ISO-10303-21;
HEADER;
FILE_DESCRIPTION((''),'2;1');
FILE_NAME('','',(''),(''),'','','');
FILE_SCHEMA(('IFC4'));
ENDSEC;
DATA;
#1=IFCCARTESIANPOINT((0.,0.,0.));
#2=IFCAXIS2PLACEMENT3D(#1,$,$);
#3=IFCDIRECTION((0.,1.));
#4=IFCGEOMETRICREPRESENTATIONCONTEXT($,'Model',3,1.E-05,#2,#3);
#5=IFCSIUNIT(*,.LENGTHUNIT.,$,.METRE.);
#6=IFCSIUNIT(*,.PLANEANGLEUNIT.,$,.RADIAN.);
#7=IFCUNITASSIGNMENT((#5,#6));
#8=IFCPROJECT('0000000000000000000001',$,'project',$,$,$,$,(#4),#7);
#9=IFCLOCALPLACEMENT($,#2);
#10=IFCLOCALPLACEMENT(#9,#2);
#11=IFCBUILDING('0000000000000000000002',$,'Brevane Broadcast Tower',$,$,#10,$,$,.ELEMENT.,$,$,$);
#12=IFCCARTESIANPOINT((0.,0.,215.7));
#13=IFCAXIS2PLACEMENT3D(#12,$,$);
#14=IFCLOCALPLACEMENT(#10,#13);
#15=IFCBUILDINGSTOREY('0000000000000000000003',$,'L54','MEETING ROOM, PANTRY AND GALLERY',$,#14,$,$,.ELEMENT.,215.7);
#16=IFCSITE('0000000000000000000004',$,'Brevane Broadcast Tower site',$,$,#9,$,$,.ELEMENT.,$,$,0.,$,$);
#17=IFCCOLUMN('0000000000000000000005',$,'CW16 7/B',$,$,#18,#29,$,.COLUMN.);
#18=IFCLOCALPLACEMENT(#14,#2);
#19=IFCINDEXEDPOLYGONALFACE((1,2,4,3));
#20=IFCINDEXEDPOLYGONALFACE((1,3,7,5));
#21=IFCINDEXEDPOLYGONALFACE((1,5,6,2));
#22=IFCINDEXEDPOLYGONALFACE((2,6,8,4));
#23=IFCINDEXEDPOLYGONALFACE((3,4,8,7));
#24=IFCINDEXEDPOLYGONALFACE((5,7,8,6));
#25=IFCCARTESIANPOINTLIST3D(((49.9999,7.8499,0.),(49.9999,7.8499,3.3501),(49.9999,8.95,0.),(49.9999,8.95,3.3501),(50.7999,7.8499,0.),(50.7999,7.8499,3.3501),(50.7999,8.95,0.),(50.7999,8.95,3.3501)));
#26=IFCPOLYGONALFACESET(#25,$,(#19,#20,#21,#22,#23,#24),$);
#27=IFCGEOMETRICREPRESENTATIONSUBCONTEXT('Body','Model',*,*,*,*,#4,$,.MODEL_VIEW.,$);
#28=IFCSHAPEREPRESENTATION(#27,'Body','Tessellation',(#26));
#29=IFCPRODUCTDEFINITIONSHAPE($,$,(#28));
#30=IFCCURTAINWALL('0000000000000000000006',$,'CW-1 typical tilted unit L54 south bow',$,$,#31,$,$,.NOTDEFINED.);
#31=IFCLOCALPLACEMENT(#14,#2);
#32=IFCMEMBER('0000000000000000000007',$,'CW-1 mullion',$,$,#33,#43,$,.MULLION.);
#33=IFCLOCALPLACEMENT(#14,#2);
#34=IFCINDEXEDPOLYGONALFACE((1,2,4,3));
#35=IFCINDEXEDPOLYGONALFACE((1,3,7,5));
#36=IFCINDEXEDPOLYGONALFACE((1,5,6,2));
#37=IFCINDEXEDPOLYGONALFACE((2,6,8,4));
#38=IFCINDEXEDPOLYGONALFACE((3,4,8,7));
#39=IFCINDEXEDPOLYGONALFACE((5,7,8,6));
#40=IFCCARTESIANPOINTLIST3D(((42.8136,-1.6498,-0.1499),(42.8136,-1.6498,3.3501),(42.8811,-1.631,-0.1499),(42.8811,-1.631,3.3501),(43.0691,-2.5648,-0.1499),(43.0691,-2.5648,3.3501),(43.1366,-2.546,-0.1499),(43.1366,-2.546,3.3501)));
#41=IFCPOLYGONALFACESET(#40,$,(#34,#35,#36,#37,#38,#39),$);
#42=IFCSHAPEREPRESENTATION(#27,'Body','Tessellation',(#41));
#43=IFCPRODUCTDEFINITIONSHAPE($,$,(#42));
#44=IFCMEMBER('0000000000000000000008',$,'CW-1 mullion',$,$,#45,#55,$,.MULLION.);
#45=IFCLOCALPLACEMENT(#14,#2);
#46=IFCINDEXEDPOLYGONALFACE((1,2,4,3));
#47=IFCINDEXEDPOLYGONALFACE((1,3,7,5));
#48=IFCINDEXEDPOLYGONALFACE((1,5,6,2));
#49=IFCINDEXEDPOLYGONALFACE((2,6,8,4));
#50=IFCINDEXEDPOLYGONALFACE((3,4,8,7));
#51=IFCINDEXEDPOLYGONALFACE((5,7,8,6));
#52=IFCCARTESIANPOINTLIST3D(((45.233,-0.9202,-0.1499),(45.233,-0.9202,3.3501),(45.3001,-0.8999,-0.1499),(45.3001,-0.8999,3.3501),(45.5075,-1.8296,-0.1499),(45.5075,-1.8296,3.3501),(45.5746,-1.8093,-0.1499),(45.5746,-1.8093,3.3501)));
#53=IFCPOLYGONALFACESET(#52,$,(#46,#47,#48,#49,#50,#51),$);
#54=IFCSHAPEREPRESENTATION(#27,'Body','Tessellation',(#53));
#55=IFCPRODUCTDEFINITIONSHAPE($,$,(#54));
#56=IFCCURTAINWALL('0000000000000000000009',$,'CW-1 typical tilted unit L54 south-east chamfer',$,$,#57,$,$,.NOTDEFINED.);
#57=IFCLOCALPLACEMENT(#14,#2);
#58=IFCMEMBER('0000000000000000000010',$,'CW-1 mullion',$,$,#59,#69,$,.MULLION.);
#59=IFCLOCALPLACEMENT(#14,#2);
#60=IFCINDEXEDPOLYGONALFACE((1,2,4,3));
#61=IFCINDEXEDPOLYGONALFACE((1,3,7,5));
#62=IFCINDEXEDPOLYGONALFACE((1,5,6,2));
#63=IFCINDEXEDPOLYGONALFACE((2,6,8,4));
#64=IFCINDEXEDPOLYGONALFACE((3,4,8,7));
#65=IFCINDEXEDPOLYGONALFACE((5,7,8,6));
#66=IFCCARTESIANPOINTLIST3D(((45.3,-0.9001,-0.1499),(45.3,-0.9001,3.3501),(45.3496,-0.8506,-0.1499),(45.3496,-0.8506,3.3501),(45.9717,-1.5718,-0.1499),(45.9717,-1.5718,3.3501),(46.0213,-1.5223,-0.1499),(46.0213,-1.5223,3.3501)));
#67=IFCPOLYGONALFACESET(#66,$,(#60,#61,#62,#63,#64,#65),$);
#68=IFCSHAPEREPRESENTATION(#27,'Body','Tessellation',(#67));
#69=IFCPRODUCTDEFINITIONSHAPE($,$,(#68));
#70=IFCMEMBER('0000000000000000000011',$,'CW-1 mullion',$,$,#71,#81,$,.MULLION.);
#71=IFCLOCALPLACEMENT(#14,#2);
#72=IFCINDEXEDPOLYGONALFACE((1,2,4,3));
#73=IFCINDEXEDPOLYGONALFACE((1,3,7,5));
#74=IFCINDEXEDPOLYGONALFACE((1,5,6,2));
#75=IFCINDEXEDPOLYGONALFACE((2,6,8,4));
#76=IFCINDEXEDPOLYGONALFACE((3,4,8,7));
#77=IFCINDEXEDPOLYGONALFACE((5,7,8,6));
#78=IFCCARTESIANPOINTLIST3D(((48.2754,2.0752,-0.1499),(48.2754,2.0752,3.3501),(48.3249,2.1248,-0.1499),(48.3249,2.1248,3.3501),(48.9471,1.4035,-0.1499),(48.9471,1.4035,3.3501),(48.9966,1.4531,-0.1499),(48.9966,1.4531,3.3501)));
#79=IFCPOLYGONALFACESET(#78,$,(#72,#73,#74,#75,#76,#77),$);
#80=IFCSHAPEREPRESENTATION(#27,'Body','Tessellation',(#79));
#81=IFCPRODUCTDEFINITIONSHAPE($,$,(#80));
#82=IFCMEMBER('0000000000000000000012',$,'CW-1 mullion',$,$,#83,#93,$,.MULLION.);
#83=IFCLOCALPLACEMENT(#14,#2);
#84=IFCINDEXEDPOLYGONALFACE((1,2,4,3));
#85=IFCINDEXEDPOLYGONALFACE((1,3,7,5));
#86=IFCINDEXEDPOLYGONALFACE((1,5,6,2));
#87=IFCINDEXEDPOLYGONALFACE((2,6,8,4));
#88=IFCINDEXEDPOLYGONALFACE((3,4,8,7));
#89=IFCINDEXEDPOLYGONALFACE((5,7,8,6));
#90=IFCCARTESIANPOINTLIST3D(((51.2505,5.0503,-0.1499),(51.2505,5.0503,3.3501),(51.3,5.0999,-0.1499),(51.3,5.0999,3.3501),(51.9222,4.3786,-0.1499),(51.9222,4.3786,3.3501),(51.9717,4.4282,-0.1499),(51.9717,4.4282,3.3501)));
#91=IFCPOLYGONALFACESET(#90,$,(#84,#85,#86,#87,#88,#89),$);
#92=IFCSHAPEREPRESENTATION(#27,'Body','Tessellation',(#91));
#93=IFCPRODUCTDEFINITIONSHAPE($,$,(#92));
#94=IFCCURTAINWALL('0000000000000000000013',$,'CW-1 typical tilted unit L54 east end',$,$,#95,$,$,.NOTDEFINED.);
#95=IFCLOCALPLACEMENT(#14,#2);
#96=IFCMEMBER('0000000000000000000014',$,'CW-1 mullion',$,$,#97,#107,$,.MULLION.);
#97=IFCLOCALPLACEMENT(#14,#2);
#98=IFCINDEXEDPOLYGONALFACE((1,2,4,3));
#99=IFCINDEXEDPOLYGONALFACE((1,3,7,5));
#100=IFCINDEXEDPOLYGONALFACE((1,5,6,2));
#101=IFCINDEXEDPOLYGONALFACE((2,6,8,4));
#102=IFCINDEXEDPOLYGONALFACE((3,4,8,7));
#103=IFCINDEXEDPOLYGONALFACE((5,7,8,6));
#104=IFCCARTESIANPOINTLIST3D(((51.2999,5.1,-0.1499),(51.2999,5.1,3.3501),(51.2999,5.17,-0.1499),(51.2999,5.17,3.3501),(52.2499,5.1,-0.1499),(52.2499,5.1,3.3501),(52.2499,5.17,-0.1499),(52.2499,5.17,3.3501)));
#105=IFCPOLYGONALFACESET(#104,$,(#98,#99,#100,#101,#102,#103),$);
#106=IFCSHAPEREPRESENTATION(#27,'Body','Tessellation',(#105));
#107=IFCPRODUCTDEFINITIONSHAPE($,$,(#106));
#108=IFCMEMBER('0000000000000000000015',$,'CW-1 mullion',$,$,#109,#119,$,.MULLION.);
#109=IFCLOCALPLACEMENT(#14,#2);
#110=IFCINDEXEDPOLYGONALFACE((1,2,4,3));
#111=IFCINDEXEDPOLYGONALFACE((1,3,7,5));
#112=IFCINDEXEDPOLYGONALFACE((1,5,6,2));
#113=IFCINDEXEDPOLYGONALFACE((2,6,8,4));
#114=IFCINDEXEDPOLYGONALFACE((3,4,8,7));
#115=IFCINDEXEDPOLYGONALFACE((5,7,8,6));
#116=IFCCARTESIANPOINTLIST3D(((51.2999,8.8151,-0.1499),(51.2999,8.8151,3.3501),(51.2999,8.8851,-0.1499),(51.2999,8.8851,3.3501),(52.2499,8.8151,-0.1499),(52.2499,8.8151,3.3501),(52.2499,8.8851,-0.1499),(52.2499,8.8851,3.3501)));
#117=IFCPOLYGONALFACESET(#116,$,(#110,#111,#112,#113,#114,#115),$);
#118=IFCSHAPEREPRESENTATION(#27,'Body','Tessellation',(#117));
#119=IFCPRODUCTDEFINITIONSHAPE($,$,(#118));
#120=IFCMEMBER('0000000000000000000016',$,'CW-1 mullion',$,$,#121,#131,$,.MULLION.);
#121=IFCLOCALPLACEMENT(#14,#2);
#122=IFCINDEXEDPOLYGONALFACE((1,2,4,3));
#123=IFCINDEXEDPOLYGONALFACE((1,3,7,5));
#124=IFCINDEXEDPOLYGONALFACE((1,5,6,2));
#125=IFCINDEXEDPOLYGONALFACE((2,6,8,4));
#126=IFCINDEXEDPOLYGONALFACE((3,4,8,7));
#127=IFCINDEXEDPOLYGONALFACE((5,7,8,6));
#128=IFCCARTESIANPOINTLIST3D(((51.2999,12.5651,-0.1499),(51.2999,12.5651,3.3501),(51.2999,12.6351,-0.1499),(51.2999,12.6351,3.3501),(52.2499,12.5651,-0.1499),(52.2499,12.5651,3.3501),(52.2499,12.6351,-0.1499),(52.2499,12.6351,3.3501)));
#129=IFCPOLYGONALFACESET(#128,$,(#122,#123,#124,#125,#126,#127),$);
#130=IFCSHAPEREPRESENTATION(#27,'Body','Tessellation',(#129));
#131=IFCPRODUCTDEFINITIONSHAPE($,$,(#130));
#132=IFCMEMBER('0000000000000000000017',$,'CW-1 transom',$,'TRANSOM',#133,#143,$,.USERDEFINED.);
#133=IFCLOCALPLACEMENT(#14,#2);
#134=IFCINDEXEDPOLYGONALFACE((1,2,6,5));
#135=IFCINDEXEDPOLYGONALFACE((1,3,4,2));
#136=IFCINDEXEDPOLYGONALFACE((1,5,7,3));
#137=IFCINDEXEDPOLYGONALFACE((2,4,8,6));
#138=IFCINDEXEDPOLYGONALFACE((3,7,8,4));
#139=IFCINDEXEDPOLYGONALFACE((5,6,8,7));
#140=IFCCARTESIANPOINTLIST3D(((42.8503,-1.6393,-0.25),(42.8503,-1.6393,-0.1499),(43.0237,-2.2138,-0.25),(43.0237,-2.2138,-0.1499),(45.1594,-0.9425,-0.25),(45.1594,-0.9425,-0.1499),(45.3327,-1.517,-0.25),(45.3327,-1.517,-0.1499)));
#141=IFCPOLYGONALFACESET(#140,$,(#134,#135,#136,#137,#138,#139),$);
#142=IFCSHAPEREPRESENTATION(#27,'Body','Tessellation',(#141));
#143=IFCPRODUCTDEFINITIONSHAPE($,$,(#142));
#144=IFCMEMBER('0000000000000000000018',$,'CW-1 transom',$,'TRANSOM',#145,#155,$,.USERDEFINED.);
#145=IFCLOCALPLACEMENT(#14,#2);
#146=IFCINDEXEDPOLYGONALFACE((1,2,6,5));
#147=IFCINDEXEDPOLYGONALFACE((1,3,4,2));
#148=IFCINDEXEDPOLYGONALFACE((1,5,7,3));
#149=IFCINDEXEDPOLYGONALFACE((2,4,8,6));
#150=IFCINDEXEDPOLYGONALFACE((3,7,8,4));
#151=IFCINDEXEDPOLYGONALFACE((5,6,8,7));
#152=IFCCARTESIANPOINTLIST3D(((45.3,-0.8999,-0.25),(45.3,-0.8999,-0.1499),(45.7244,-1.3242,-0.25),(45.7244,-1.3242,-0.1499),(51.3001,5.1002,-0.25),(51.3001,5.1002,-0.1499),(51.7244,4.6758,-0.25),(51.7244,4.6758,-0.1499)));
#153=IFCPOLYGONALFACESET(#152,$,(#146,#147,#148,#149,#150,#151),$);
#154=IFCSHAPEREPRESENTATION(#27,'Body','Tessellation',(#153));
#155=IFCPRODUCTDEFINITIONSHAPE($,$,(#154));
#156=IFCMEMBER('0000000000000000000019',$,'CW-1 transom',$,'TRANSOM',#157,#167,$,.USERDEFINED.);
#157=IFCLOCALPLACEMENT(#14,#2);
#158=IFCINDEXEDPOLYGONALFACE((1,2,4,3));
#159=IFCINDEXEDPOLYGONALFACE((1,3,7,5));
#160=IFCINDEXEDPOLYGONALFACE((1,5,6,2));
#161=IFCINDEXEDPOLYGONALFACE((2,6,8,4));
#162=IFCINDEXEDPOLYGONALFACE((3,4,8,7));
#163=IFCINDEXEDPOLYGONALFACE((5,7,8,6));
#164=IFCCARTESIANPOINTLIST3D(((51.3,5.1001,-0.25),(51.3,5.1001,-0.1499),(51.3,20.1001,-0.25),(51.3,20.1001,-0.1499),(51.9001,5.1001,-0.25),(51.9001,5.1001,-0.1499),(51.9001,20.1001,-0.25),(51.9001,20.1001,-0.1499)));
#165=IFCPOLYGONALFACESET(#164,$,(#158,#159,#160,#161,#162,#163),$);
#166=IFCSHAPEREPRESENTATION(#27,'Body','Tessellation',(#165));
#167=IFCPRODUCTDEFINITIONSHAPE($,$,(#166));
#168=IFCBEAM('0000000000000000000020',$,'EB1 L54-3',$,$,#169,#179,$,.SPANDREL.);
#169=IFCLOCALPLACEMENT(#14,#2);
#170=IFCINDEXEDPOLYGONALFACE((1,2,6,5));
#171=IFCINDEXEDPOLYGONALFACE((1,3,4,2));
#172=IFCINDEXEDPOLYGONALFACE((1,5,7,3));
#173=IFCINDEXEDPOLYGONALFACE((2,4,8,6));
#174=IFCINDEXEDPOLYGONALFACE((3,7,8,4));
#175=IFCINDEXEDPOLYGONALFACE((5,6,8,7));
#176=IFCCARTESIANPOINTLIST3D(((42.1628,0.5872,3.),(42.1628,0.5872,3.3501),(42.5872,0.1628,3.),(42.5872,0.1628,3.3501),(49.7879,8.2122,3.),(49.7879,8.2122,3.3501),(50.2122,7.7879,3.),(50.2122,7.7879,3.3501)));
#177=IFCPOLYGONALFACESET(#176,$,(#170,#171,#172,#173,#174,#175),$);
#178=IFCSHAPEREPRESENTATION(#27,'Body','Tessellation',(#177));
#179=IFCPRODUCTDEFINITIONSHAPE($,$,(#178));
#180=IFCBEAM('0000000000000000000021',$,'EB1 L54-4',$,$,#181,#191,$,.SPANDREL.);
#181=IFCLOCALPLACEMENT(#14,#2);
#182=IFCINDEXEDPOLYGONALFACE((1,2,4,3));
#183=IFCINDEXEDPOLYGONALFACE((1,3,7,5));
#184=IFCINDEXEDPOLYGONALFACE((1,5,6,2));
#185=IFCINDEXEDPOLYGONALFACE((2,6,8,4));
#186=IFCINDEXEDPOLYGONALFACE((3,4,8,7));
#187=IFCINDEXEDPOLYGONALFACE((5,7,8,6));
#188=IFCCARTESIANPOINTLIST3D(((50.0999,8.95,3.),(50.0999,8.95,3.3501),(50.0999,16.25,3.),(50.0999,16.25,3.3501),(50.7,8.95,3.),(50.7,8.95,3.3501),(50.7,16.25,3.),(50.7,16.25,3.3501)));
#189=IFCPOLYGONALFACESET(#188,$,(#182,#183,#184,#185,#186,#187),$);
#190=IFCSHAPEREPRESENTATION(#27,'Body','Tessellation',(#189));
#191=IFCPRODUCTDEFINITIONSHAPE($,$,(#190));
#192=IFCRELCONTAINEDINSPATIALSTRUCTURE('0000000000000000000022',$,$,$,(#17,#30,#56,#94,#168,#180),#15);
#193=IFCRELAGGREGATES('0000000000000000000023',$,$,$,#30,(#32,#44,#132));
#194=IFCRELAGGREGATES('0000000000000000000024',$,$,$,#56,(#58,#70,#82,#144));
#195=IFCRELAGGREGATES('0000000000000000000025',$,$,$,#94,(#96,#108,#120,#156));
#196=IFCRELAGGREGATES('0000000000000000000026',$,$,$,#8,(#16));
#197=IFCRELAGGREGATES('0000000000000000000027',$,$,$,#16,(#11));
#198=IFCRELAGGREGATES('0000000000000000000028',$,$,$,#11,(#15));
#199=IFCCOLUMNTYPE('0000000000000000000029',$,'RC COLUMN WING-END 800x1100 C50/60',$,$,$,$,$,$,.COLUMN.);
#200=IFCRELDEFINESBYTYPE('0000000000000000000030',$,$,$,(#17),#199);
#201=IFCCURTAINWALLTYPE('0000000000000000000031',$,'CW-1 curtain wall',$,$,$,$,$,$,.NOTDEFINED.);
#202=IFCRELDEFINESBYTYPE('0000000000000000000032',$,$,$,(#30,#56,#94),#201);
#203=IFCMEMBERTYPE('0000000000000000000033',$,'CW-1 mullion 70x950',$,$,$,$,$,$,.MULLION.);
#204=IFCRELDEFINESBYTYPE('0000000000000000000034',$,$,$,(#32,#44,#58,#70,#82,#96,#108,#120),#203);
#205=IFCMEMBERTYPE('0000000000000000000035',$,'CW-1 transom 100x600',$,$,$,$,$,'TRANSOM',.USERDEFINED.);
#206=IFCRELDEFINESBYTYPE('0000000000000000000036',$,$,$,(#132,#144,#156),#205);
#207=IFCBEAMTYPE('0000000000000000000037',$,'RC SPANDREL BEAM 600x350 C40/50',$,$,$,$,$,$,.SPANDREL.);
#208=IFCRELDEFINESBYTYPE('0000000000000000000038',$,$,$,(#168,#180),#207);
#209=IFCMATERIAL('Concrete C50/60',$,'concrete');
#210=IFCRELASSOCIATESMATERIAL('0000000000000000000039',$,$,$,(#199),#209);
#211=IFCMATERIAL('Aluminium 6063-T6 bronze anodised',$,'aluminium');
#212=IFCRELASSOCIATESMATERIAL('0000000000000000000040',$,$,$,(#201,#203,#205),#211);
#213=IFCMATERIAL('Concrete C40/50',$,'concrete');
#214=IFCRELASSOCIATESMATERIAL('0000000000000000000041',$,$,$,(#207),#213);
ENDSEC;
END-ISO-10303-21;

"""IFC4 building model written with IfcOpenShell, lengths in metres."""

from ifc_helpers import new_model, si_unit, direction, frame, origin, origin_2d, place, context, subcontext, project, spatial, rectangle, extrude, material, material_profile, profile_set, type_object, element, aggregate, save


model = new_model("IFC4")

# Units and contexts
model_context = context("Model", 3, precision=1e-05, world=origin(), true_north=direction((0.0, 1.0)))
body_context = subcontext(model_context, "Body", "Model", "MODEL_VIEW")
ifc_project = project(units=[si_unit("LENGTHUNIT", "METRE"), si_unit("PLANEANGLEUNIT", "RADIAN")], contexts=[model_context])

# Site, building, storey
site_placement = place(None, origin())
site = spatial("IfcSite", under=ifc_project, at=site_placement, Name="Brevane Broadcast Tower site", CompositionType="ELEMENT", RefElevation=0.0)
building_placement = place(site_placement, origin())
building = spatial("IfcBuilding", under=site, at=building_placement, Name="Brevane Broadcast Tower", CompositionType="ELEMENT")
storey_placement = place(building_placement, frame((0.0, 0.0, 215.7)))
storey = spatial("IfcBuildingStorey", under=building, at=storey_placement, Name="L54", Description="MEETING ROOM, PANTRY AND GALLERY", CompositionType="ELEMENT", Elevation=215.7)

# Column
ifc_material_1 = material(Name="Concrete C50/60", Category="concrete")
ifc_material_profile_1 = material_profile(ifc_material_1, rectangle(XDim=0.8, YDim=1.1001, at=origin_2d()), Name="RC 800x1100")
ifc_profile_set_1 = profile_set([ifc_material_profile_1], Name="Concrete C50/60")
column_type = type_object("IfcColumnType", Name="RC COLUMN WING-END 800x1100 C50/60", PredefinedType="COLUMN", material=ifc_profile_set_1)
column_placement = place(storey_placement, frame((50.3999, 8.3999, 0.0), z_axis=(0.0, 0.0, 1.0), x_axis=(1.0, 0.0, 0.0)))
element("IfcColumn", 1, at=column_placement, inside=storey, type_object=column_type, Name="CW16 7/B", PredefinedType="COLUMN", context=body_context, shape_type="SweptSolid", body=[
    extrude(rectangle(XDim=0.8, YDim=1.1001, at=origin_2d()), origin(), (0.0, 0.0, 1.0), 3.3501),
])

# Curtain walls, members
ifc_material_2 = material(Name="Aluminium 6063-T6 bronze anodised", Category="aluminium")
curtain_wall_type = type_object("IfcCurtainWallType", Name="CW-1 curtain wall", PredefinedType="NOTDEFINED", material=ifc_material_2)
curtain_wall_1_placement = place(storey_placement, origin())
curtain_wall_1 = element("IfcCurtainWall", 2, at=curtain_wall_1_placement, inside=storey, type_object=curtain_wall_type, Name="CW-1 typical tilted unit L54 south bow", PredefinedType="NOTDEFINED")
ifc_material_profile_2 = material_profile(ifc_material_2, rectangle(XDim=0.95, YDim=0.0701, at=origin_2d()), Name="RECT 70x950")
ifc_profile_set_2 = profile_set([ifc_material_profile_2], Name="Aluminium 6063-T6 bronze anodised")
member_type_1 = type_object("IfcMemberType", Name="CW-1 mullion 70x950", PredefinedType="MULLION", material=ifc_profile_set_2)
member_1_placement = place(storey_placement, frame((42.9751, -2.0979, -0.1499), z_axis=(0.0, 0.0, 1.0), x_axis=(-0.268916, 0.963164, 0.0)))
member_1 = element("IfcMember", 3, at=member_1_placement, type_object=member_type_1, Name="CW-1 mullion", PredefinedType="MULLION", context=body_context, shape_type="SweptSolid", body=[
    extrude(rectangle(XDim=0.95, YDim=0.0701, at=origin_2d()), origin(), (0.0, 0.0, 1.0), 3.5),
])
member_2_placement = place(storey_placement, frame((45.4038, -1.3647, -0.1499), z_axis=(0.0, 0.0, 1.0), x_axis=(-0.288968, 0.957339, 0.0)))
member_2 = element("IfcMember", 4, at=member_2_placement, type_object=member_type_1, Name="CW-1 mullion", PredefinedType="MULLION", context=body_context, shape_type="SweptSolid", body=[
    extrude(rectangle(XDim=0.95, YDim=0.0701, at=origin_2d()), origin(), (0.0, 0.0, 1.0), 3.5),
])
curtain_wall_2_placement = place(storey_placement, origin())
curtain_wall_2 = element("IfcCurtainWall", 5, at=curtain_wall_2_placement, inside=storey, type_object=curtain_wall_type, Name="CW-1 typical tilted unit L54 south-east chamfer", PredefinedType="NOTDEFINED")
member_3_placement = place(storey_placement, frame((45.6606, -1.2112, -0.1499), z_axis=(0.0, 0.0, 1.0), x_axis=(-0.707107, 0.707107, 0.0)))
member_3 = element("IfcMember", 6, at=member_3_placement, type_object=member_type_1, Name="CW-1 mullion", PredefinedType="MULLION", context=body_context, shape_type="SweptSolid", body=[
    extrude(rectangle(XDim=0.95, YDim=0.0701, at=origin_2d()), origin(), (0.0, 0.0, 1.0), 3.5),
])
member_4_placement = place(storey_placement, frame((48.636, 1.7642, -0.1499), z_axis=(0.0, 0.0, 1.0), x_axis=(-0.707107, 0.707107, 0.0)))
member_4 = element("IfcMember", 7, at=member_4_placement, type_object=member_type_1, Name="CW-1 mullion", PredefinedType="MULLION", context=body_context, shape_type="SweptSolid", body=[
    extrude(rectangle(XDim=0.95, YDim=0.0701, at=origin_2d()), origin(), (0.0, 0.0, 1.0), 3.5),
])
member_5_placement = place(storey_placement, frame((51.6111, 4.7393, -0.1499), z_axis=(0.0, 0.0, 1.0), x_axis=(-0.707107, 0.707107, 0.0)))
member_5 = element("IfcMember", 8, at=member_5_placement, type_object=member_type_1, Name="CW-1 mullion", PredefinedType="MULLION", context=body_context, shape_type="SweptSolid", body=[
    extrude(rectangle(XDim=0.95, YDim=0.0701, at=origin_2d()), origin(), (0.0, 0.0, 1.0), 3.5),
])
curtain_wall_3_placement = place(storey_placement, origin())
curtain_wall_3 = element("IfcCurtainWall", 9, at=curtain_wall_3_placement, inside=storey, type_object=curtain_wall_type, Name="CW-1 typical tilted unit L54 east end", PredefinedType="NOTDEFINED")
member_6_placement = place(storey_placement, frame((51.7749, 5.135, -0.1499), z_axis=(0.0, 0.0, 1.0), x_axis=(-1.0, 0.0, 0.0)))
member_6 = element("IfcMember", 10, at=member_6_placement, type_object=member_type_1, Name="CW-1 mullion", PredefinedType="MULLION", context=body_context, shape_type="SweptSolid", body=[
    extrude(rectangle(XDim=0.95, YDim=0.0701, at=origin_2d()), origin(), (0.0, 0.0, 1.0), 3.5),
])
member_7_placement = place(storey_placement, frame((51.7749, 8.8501, -0.1499), z_axis=(0.0, 0.0, 1.0), x_axis=(-1.0, 0.0, 0.0)))
member_7 = element("IfcMember", 11, at=member_7_placement, type_object=member_type_1, Name="CW-1 mullion", PredefinedType="MULLION", context=body_context, shape_type="SweptSolid", body=[
    extrude(rectangle(XDim=0.95, YDim=0.0701, at=origin_2d()), origin(), (0.0, 0.0, 1.0), 3.5),
])
member_8_placement = place(storey_placement, frame((51.7749, 12.6001, -0.1499), z_axis=(0.0, 0.0, 1.0), x_axis=(-1.0, 0.0, 0.0)))
member_8 = element("IfcMember", 12, at=member_8_placement, type_object=member_type_1, Name="CW-1 mullion", PredefinedType="MULLION", context=body_context, shape_type="SweptSolid", body=[
    extrude(rectangle(XDim=0.95, YDim=0.0701, at=origin_2d()), origin(), (0.0, 0.0, 1.0), 3.5),
])

# Members
ifc_material_profile_3 = material_profile(ifc_material_2, rectangle(XDim=0.6001, YDim=0.1001, at=origin_2d()), Name="RECT 100x600")
ifc_profile_set_3 = profile_set([ifc_material_profile_3], Name="Aluminium 6063-T6 bronze anodised")
member_type_2 = type_object("IfcMemberType", Name="CW-1 transom 100x600", ElementType="TRANSOM", PredefinedType="USERDEFINED", material=ifc_profile_set_3)
member_9_placement = place(storey_placement, frame((42.937, -1.9265, -0.2), z_axis=(0.957363, 0.288889, 0.0), x_axis=(-0.288889, 0.957363, 0.0)))
member_9 = element("IfcMember", 13, at=member_9_placement, type_object=member_type_2, Name="CW-1 transom", ObjectType="TRANSOM", PredefinedType="USERDEFINED", context=body_context, shape_type="SweptSolid", body=[
    extrude(rectangle(XDim=0.6001, YDim=0.1001, at=origin_2d()), origin(), (0.0, 0.0, 1.0), 2.4119),
])
aggregate(curtain_wall_1, [member_1, member_2, member_9])
member_10_placement = place(storey_placement, frame((45.5122, -1.1121, -0.2), z_axis=(0.707107, 0.707107, 0.0), x_axis=(-0.707107, 0.707107, 0.0)))
member_10 = element("IfcMember", 14, at=member_10_placement, type_object=member_type_2, Name="CW-1 transom", ObjectType="TRANSOM", PredefinedType="USERDEFINED", context=body_context, shape_type="SweptSolid", body=[
    extrude(rectangle(XDim=0.6001, YDim=0.1001, at=origin_2d()), origin(), (0.0, 0.0, 1.0), 8.4854),
])
aggregate(curtain_wall_2, [member_3, member_4, member_5, member_10])
member_11_placement = place(storey_placement, frame((51.6001, 5.1001, -0.2), z_axis=(0.0, 1.0, 0.0), x_axis=(-1.0, 0.0, 0.0)))
member_11 = element("IfcMember", 15, at=member_11_placement, type_object=member_type_2, Name="CW-1 transom", ObjectType="TRANSOM", PredefinedType="USERDEFINED", context=body_context, shape_type="SweptSolid", body=[
    extrude(rectangle(XDim=0.6001, YDim=0.1001, at=origin_2d()), origin(), (0.0, 0.0, 1.0), 15.0),
])
aggregate(curtain_wall_3, [member_6, member_7, member_8, member_11])

# Beams
ifc_material_3 = material(Name="Concrete C40/50", Category="concrete")
ifc_material_profile_4 = material_profile(ifc_material_3, rectangle(XDim=0.6001, YDim=0.3501, at=origin_2d()), Name="RC 600x350")
ifc_profile_set_4 = profile_set([ifc_material_profile_4], Name="Concrete C40/50")
beam_type = type_object("IfcBeamType", Name="RC SPANDREL BEAM 600x350 C40/50", PredefinedType="SPANDREL", material=ifc_profile_set_4)
beam_1_placement = place(storey_placement, frame((42.375, 0.375, 3.175), z_axis=(0.707107, 0.707107, 0.0), x_axis=(-0.707107, 0.707107, 0.0)))
element("IfcBeam", 16, at=beam_1_placement, inside=storey, type_object=beam_type, Name="EB1 L54-3", PredefinedType="SPANDREL", context=body_context, shape_type="SweptSolid", body=[
    extrude(rectangle(XDim=0.6001, YDim=0.3501, at=origin_2d()), origin(), (0.0, 0.0, 1.0), 10.7834),
])
beam_2_placement = place(storey_placement, frame((50.3999, 8.95, 3.175), z_axis=(0.0, 1.0, 0.0), x_axis=(-1.0, 0.0, 0.0)))
element("IfcBeam", 17, at=beam_2_placement, inside=storey, type_object=beam_type, Name="EB1 L54-4", PredefinedType="SPANDREL", context=body_context, shape_type="SweptSolid", body=[
    extrude(rectangle(XDim=0.6001, YDim=0.3501, at=origin_2d()), origin(), (0.0, 0.0, 1.0), 7.3),
])

save(model, "model.ifc")
